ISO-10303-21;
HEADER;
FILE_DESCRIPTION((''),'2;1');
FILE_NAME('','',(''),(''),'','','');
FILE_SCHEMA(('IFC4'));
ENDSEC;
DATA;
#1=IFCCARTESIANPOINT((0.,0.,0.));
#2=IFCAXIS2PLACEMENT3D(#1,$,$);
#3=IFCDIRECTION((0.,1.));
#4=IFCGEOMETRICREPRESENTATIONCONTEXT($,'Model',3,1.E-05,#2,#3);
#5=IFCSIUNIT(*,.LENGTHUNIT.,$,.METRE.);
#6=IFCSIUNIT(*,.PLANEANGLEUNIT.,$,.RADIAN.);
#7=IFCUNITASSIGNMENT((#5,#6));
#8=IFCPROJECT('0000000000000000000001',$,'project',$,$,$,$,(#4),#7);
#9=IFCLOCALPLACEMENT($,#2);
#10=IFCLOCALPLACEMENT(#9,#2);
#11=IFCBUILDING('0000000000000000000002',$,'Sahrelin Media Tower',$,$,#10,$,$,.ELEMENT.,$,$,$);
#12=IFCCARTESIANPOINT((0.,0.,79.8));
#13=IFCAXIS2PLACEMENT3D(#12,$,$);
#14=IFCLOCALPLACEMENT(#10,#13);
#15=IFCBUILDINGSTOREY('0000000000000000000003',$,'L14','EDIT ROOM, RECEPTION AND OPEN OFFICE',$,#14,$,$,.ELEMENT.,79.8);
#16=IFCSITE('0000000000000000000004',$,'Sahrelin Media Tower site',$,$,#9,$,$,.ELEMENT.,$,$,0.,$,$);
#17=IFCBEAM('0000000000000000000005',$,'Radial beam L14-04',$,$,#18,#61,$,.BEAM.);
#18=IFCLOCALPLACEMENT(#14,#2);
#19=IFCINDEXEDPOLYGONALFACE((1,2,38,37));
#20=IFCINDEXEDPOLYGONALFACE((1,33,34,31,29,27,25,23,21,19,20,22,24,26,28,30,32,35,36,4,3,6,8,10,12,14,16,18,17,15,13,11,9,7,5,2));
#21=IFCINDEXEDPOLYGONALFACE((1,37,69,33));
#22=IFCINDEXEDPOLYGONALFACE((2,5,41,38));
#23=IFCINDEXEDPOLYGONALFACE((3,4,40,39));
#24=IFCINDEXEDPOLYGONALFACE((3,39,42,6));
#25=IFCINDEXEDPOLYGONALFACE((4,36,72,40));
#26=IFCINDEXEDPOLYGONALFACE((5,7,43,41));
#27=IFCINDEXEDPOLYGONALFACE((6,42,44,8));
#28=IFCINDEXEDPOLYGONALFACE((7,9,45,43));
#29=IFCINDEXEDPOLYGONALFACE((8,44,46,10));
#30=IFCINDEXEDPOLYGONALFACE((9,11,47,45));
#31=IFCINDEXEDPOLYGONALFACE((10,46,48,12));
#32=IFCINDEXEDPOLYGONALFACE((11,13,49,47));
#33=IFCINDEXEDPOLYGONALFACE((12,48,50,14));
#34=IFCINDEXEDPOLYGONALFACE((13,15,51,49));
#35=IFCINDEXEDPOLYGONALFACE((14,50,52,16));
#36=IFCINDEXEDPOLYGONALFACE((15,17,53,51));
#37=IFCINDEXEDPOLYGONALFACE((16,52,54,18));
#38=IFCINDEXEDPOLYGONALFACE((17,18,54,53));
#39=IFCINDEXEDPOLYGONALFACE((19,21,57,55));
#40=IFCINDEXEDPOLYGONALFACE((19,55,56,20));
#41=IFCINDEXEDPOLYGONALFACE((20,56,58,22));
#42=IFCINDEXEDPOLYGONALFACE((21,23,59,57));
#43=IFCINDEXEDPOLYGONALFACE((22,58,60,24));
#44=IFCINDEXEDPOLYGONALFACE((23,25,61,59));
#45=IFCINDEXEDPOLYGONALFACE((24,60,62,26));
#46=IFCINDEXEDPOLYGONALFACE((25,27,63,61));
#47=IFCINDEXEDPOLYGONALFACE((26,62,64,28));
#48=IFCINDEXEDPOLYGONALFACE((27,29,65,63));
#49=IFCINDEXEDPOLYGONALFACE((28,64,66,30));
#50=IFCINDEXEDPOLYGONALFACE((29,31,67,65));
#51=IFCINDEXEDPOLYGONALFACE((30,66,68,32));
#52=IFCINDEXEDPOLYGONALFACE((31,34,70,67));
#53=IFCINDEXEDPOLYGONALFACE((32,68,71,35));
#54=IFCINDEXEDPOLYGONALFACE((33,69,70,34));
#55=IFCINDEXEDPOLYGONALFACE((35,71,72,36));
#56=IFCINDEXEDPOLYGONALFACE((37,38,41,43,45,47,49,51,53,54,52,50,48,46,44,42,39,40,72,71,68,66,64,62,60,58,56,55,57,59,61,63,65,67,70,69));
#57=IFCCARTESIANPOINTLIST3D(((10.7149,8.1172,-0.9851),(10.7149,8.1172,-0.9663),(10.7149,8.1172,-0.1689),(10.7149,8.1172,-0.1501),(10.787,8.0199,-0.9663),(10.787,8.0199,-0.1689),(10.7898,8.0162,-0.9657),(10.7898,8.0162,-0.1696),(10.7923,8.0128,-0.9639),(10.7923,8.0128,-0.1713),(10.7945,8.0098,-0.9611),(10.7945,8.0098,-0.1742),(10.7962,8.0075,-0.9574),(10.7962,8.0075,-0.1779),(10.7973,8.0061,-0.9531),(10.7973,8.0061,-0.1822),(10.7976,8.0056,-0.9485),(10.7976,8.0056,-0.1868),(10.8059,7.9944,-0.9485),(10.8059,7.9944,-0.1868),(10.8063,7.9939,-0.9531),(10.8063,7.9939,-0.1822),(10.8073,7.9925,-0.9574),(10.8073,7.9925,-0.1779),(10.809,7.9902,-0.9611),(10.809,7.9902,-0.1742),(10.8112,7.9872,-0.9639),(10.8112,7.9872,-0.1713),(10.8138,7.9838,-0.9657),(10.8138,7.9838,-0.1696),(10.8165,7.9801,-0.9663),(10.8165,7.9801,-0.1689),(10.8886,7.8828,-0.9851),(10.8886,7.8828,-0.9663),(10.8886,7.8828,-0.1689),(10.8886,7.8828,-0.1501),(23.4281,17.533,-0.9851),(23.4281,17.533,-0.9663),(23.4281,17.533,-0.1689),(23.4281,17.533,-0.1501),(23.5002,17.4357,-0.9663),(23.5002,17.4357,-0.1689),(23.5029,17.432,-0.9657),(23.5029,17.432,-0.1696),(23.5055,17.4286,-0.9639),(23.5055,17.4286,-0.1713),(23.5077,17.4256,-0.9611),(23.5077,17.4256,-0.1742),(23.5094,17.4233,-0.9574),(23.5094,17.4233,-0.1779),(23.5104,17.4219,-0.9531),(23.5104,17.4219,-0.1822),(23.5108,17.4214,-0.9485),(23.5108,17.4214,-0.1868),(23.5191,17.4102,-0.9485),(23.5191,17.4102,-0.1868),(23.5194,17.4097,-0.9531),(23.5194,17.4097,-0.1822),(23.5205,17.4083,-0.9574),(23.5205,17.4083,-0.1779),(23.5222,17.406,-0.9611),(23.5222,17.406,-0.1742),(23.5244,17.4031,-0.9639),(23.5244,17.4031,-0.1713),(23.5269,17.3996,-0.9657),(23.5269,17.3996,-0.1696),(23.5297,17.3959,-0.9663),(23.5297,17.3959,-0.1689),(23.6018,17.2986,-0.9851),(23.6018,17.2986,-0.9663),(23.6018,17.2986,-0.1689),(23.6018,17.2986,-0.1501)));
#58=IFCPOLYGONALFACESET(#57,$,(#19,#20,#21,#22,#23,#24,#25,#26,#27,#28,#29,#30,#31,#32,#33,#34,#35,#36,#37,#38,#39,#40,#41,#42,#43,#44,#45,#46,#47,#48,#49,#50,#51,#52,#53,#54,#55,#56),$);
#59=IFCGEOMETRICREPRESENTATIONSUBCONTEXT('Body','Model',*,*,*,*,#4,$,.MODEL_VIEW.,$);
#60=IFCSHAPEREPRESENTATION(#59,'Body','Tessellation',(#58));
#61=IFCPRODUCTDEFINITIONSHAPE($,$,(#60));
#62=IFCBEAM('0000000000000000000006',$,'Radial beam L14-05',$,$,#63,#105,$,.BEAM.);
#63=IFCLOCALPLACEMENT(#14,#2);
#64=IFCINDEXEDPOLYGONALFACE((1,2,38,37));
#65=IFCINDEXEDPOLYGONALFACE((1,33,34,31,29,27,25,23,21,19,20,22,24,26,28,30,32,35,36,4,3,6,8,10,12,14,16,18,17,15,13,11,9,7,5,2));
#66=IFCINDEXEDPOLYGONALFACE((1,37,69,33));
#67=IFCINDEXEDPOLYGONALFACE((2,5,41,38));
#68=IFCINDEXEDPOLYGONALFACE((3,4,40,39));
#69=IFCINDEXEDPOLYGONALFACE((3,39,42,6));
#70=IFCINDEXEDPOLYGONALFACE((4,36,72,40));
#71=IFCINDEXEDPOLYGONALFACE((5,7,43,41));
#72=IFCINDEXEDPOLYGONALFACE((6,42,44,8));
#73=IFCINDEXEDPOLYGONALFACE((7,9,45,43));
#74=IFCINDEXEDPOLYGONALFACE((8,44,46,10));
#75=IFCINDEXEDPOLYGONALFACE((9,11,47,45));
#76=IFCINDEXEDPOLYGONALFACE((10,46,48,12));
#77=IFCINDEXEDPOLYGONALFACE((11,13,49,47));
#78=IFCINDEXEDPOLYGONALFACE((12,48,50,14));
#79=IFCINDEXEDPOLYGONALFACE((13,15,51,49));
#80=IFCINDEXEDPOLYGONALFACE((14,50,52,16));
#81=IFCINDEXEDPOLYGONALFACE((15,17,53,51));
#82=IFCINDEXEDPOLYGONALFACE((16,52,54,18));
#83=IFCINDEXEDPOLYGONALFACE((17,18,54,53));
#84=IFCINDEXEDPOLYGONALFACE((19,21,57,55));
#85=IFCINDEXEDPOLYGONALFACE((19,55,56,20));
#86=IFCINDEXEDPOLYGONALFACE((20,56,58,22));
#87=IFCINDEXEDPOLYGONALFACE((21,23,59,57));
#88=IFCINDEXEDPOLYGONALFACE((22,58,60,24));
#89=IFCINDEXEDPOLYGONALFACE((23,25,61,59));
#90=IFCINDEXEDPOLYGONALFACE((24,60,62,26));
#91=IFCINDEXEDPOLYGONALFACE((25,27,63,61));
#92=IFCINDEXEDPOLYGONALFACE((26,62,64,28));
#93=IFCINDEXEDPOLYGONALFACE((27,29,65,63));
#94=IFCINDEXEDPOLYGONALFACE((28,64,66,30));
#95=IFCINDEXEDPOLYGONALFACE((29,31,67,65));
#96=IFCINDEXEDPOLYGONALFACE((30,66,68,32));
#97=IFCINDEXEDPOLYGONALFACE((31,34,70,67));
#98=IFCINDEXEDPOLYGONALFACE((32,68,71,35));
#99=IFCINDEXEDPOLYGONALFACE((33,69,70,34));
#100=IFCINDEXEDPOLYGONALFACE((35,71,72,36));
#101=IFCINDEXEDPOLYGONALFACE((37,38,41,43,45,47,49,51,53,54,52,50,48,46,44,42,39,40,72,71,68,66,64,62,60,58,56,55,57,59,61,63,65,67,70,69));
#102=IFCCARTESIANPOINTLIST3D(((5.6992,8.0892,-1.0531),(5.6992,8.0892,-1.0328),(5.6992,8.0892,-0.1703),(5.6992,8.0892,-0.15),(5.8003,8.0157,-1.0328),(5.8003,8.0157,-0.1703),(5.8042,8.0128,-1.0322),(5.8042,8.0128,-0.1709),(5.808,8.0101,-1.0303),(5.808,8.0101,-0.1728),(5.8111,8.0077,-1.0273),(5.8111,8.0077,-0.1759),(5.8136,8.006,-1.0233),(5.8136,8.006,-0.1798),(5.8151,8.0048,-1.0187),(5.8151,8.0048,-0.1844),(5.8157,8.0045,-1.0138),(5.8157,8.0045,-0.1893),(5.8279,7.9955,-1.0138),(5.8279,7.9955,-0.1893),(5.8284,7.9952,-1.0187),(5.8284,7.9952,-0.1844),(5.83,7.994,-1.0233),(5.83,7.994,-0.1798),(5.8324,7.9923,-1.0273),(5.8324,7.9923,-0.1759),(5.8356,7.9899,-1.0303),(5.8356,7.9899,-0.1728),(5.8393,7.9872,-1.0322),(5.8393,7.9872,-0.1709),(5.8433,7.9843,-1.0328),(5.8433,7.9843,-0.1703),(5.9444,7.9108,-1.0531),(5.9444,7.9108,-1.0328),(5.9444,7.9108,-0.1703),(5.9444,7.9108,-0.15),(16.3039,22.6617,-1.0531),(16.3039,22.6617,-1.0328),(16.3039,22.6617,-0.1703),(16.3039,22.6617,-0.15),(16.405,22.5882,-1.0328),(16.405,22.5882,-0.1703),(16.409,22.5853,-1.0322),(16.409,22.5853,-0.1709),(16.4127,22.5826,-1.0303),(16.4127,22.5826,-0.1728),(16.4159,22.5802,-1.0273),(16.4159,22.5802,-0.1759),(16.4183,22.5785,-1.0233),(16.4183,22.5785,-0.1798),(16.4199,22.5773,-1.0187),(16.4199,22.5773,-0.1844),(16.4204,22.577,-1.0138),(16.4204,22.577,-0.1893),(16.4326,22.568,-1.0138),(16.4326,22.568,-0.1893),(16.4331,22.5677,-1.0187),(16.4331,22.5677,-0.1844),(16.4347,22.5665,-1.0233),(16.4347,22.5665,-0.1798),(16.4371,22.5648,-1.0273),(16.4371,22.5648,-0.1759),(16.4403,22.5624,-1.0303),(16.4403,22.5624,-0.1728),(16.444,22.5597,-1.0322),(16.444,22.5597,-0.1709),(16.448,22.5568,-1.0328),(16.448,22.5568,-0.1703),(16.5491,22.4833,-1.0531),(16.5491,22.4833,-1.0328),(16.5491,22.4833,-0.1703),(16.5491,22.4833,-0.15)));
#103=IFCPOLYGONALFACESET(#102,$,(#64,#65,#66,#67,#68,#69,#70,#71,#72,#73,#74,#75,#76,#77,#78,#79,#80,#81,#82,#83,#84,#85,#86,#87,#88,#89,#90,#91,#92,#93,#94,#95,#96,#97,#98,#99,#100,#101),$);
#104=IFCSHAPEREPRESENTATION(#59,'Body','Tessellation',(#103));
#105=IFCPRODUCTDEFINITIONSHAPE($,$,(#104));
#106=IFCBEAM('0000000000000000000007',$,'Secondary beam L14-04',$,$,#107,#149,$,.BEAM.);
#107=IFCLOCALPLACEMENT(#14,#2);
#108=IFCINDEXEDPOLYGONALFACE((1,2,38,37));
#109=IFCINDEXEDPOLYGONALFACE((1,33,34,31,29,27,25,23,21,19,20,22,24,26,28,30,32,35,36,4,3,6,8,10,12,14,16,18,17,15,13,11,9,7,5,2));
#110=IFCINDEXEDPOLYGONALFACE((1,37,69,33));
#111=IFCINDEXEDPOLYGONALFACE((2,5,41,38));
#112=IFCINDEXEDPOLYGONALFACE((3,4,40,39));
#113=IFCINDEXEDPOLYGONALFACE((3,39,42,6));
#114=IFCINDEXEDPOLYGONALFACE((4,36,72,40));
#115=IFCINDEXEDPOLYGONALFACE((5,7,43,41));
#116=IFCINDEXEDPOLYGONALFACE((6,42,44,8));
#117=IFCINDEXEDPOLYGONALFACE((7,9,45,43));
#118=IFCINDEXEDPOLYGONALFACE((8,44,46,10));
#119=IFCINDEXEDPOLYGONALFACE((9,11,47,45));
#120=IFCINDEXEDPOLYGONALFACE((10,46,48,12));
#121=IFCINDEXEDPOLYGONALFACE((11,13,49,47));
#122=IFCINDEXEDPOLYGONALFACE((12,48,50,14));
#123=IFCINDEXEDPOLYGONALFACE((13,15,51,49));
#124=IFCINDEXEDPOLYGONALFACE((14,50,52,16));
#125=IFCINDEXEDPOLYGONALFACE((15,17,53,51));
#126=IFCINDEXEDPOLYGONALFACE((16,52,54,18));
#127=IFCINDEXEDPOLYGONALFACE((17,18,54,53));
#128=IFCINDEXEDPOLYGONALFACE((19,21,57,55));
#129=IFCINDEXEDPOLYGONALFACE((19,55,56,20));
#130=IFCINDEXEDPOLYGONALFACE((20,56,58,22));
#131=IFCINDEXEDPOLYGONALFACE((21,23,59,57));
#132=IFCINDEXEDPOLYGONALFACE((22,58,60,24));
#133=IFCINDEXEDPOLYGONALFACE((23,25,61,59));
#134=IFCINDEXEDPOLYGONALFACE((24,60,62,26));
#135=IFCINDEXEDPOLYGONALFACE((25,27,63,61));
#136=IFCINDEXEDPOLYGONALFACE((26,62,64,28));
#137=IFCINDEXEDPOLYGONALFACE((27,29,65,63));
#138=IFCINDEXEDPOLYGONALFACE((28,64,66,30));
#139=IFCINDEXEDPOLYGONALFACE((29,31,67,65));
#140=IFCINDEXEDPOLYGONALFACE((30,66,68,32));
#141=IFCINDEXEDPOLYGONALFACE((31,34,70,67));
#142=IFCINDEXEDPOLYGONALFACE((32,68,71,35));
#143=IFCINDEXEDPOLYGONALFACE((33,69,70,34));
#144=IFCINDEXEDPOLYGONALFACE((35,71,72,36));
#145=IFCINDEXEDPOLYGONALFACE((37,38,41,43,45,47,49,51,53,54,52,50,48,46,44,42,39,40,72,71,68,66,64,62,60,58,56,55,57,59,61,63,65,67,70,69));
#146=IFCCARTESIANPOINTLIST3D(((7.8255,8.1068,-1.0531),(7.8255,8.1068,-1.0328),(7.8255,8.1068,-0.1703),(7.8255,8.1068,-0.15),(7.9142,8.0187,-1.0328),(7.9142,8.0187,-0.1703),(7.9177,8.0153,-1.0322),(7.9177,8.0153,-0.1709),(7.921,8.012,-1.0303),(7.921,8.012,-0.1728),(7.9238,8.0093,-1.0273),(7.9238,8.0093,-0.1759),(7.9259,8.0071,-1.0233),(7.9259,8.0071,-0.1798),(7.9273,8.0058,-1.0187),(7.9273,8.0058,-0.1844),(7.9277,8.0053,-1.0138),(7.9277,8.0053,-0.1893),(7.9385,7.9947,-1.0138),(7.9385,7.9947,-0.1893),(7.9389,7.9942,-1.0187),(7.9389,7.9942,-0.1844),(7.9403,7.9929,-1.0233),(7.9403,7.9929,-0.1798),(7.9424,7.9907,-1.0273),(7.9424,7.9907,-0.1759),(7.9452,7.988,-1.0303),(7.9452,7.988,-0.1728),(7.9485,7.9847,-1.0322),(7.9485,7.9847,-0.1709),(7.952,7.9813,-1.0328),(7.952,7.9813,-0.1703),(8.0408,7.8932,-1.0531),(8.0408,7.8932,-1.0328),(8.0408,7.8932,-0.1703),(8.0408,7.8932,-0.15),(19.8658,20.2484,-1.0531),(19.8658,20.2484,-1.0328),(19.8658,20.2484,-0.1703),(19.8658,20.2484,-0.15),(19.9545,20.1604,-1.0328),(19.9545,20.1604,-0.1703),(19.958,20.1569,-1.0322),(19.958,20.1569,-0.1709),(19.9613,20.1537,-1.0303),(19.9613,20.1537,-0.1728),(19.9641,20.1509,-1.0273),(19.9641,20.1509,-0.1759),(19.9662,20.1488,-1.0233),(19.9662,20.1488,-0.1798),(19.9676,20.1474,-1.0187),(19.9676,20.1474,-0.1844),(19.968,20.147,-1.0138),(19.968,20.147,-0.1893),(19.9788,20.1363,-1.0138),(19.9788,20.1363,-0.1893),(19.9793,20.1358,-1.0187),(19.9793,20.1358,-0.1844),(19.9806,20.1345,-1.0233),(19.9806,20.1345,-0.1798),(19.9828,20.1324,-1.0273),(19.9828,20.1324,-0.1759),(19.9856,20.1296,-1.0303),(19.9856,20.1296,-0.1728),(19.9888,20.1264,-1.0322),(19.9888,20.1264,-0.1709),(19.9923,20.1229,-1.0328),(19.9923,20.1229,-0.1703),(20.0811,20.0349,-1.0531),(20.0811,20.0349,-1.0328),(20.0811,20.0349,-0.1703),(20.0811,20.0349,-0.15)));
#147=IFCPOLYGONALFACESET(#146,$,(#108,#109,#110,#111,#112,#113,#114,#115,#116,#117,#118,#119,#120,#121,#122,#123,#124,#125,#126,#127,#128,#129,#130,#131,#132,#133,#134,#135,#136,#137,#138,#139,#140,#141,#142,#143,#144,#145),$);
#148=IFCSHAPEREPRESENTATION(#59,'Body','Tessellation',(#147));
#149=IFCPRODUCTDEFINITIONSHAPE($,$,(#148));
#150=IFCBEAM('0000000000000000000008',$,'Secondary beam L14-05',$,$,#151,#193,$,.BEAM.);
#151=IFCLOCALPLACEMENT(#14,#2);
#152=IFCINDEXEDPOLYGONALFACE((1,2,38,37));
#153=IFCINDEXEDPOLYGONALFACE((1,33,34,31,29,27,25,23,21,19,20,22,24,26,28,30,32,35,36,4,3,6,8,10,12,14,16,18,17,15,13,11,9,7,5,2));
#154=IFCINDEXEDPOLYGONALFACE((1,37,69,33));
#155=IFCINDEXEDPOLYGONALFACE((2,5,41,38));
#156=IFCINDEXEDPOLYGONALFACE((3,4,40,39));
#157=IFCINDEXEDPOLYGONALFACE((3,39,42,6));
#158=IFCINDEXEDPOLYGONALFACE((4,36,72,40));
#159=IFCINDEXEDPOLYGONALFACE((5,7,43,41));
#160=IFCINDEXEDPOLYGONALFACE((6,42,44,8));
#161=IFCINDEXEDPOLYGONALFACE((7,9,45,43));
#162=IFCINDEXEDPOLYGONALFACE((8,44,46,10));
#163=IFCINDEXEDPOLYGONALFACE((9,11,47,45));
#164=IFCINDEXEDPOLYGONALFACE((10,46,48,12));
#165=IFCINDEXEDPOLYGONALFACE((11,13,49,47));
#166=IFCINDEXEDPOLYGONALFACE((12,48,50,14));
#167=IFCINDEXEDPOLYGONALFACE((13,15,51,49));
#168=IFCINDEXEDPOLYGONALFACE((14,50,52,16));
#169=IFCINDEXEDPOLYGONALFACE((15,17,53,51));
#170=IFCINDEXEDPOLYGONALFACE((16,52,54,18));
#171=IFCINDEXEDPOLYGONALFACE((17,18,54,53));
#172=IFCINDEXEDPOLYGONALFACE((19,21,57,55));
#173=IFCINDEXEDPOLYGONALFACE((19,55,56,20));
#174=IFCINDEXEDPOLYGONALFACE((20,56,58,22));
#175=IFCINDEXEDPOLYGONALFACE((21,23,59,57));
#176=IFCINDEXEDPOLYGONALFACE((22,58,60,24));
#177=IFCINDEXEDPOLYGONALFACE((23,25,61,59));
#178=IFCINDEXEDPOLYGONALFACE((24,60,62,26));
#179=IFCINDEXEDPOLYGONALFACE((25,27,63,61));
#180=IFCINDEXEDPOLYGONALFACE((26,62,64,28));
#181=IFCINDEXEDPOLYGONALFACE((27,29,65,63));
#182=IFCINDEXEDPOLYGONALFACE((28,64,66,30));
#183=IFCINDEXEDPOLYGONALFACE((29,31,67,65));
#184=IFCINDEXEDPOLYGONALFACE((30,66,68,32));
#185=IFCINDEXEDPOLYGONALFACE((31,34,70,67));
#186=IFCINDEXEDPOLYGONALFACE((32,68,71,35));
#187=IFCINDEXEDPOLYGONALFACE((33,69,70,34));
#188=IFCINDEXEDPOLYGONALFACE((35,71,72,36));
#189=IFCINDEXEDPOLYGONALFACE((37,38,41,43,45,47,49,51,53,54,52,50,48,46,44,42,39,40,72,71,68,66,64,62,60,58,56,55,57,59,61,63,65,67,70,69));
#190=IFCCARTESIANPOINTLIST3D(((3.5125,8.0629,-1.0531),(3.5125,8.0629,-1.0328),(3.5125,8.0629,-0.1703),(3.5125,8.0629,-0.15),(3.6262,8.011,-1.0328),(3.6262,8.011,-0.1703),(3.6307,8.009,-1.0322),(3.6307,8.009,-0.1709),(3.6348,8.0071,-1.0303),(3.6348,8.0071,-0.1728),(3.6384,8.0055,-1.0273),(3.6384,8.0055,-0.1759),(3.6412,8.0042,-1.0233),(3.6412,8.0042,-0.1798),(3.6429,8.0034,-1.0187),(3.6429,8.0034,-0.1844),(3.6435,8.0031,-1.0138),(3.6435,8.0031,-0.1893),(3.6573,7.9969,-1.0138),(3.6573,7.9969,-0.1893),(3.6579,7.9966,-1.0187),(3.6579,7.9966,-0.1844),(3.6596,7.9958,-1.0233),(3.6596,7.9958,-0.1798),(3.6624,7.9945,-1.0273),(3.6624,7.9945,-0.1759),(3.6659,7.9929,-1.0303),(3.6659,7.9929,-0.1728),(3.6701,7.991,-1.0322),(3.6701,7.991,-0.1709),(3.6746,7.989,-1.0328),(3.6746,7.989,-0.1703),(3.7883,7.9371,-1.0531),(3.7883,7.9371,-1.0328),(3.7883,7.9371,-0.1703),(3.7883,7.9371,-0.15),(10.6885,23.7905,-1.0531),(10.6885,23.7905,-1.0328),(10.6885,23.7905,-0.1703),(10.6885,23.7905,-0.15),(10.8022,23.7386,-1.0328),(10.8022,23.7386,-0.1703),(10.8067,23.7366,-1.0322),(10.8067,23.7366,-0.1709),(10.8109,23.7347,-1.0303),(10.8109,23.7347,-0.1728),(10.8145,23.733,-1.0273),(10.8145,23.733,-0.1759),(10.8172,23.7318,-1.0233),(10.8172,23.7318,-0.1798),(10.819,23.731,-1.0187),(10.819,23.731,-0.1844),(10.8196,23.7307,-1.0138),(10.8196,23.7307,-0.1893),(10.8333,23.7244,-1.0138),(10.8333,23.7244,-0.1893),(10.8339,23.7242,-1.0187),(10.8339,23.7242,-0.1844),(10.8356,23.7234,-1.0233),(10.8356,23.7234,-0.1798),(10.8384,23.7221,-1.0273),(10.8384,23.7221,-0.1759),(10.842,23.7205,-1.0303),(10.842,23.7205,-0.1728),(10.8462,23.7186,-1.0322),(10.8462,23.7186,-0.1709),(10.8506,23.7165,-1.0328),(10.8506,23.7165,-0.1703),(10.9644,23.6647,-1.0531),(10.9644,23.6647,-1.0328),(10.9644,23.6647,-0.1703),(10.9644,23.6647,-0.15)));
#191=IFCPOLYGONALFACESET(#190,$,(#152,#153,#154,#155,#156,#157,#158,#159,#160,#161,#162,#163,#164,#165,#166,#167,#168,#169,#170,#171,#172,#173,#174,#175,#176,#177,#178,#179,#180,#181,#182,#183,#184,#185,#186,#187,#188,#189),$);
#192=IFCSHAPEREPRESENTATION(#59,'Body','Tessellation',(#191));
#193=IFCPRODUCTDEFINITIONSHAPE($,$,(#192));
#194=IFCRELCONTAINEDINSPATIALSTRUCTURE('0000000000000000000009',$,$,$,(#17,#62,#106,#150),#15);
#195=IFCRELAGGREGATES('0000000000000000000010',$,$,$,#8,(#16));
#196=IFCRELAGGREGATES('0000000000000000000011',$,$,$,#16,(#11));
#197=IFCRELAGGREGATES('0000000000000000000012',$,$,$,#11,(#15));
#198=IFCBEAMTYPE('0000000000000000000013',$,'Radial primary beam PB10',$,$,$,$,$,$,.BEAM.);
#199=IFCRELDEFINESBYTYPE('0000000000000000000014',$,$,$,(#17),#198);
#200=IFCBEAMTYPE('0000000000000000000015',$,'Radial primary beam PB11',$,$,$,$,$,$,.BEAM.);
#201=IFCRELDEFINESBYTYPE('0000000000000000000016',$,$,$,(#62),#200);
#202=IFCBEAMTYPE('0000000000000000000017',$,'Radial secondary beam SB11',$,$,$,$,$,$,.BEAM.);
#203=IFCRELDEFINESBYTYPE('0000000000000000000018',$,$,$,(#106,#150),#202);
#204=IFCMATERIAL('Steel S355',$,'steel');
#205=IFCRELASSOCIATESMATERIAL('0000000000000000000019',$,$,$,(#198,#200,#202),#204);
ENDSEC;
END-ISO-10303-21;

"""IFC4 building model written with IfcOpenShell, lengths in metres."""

from ifc_helpers import new_model, si_unit, direction, frame, origin, origin_2d, place, context, subcontext, project, spatial, i_section, extrude, material, material_profile, profile_set, type_object, element, save


model = new_model("IFC4")

# Units and contexts
model_context = context("Model", 3, precision=1e-05, world=origin(), true_north=direction((0.0, 1.0)))
body_context = subcontext(model_context, "Body", "Model", "MODEL_VIEW")
ifc_project = project(units=[si_unit("LENGTHUNIT", "METRE"), si_unit("PLANEANGLEUNIT", "RADIAN")], contexts=[model_context])

# Site, building, storey
site_placement = place(None, origin())
site = spatial("IfcSite", under=ifc_project, at=site_placement, Name="Sahrelin Media Tower site", CompositionType="ELEMENT", RefElevation=0.0)
building_placement = place(site_placement, origin())
building = spatial("IfcBuilding", under=site, at=building_placement, Name="Sahrelin Media Tower", CompositionType="ELEMENT")
storey_placement = place(building_placement, frame((0.0, 0.0, 79.8)))
storey = spatial("IfcBuildingStorey", under=building, at=storey_placement, Name="L14", Description="EDIT ROOM, RECEPTION AND OPEN OFFICE", CompositionType="ELEMENT", Elevation=79.8)

# Shared definitions
ifc_material_1 = material(Name="Steel S355", Category="steel")

# Beams
ifc_material_profile_1 = material_profile(ifc_material_1, i_section(OverallWidth=0.2917, OverallDepth=0.835, WebThickness=0.0139, FlangeThickness=0.0188, FilletRadius=0.0178, at=origin_2d()), Name="UB 838x292x176")
ifc_profile_set_1 = profile_set([ifc_material_profile_1], Name="Steel S355")
beam_type_1 = type_object("IfcBeamType", Name="Radial primary beam PB10", PredefinedType="BEAM", material=ifc_profile_set_1)
beam_1_placement = place(storey_placement, frame((10.8018, 8.0, -0.5676), z_axis=(0.803598, 0.595172, 0.0), x_axis=(-0.595172, 0.803598, 0.0)))
element("IfcBeam", 1, at=beam_1_placement, inside=storey, type_object=beam_type_1, Name="Radial beam L14-04", PredefinedType="BEAM", context=body_context, shape_type="SweptSolid", body=[
    extrude(i_section(OverallWidth=0.2917, OverallDepth=0.835, WebThickness=0.0139, FlangeThickness=0.0188, FilletRadius=0.0178, at=origin_2d()), origin(), (0.0, 0.0, 1.0), 15.8203),
])
ifc_material_profile_2 = material_profile(ifc_material_1, i_section(OverallWidth=0.3032, OverallDepth=0.9031, WebThickness=0.0151, FlangeThickness=0.0203, FilletRadius=0.019, at=origin_2d()), Name="UB 914x305x201")
ifc_profile_set_2 = profile_set([ifc_material_profile_2], Name="Steel S355")
beam_type_2 = type_object("IfcBeamType", Name="Radial primary beam PB11", PredefinedType="BEAM", material=ifc_profile_set_2)
beam_2_placement = place(storey_placement, frame((5.8218, 8.0, -0.6016), z_axis=(0.588409, 0.808563, 0.0), x_axis=(-0.808563, 0.588409, 0.0)))
element("IfcBeam", 2, at=beam_2_placement, inside=storey, type_object=beam_type_2, Name="Radial beam L14-05", PredefinedType="BEAM", context=body_context, shape_type="SweptSolid", body=[
    extrude(i_section(OverallWidth=0.3032, OverallDepth=0.9031, WebThickness=0.0151, FlangeThickness=0.0203, FilletRadius=0.019, at=origin_2d()), origin(), (0.0, 0.0, 1.0), 18.0227),
])
ifc_material_profile_3 = material_profile(ifc_material_1, i_section(OverallWidth=0.3032, OverallDepth=0.9031, WebThickness=0.0151, FlangeThickness=0.0203, FilletRadius=0.019, at=origin_2d()), Name="UB 914x305x201")
ifc_profile_set_3 = profile_set([ifc_material_profile_3], Name="Steel S355")
beam_type_3 = type_object("IfcBeamType", Name="Radial secondary beam SB11", PredefinedType="BEAM", material=ifc_profile_set_3)
beam_3_placement = place(storey_placement, frame((7.9331, 8.0, -0.6016), z_axis=(0.704138, 0.710063, 0.0), x_axis=(-0.710063, 0.704138, 0.0)))
element("IfcBeam", 3, at=beam_3_placement, inside=storey, type_object=beam_type_3, Name="Secondary beam L14-04", PredefinedType="BEAM", context=body_context, shape_type="SweptSolid", body=[
    extrude(i_section(OverallWidth=0.3032, OverallDepth=0.9031, WebThickness=0.0151, FlangeThickness=0.0203, FilletRadius=0.019, at=origin_2d()), origin(), (0.0, 0.0, 1.0), 17.0994),
])
beam_4_placement = place(storey_placement, frame((3.6504, 8.0, -0.6016), z_axis=(0.415104, 0.909774, 0.0), x_axis=(-0.909774, 0.415104, 0.0)))
element("IfcBeam", 4, at=beam_4_placement, inside=storey, type_object=beam_type_3, Name="Secondary beam L14-05", PredefinedType="BEAM", context=body_context, shape_type="SweptSolid", body=[
    extrude(i_section(OverallWidth=0.3032, OverallDepth=0.9031, WebThickness=0.0151, FlangeThickness=0.0203, FilletRadius=0.019, at=origin_2d()), origin(), (0.0, 0.0, 1.0), 17.2874),
])

save(model, "model.ifc")
